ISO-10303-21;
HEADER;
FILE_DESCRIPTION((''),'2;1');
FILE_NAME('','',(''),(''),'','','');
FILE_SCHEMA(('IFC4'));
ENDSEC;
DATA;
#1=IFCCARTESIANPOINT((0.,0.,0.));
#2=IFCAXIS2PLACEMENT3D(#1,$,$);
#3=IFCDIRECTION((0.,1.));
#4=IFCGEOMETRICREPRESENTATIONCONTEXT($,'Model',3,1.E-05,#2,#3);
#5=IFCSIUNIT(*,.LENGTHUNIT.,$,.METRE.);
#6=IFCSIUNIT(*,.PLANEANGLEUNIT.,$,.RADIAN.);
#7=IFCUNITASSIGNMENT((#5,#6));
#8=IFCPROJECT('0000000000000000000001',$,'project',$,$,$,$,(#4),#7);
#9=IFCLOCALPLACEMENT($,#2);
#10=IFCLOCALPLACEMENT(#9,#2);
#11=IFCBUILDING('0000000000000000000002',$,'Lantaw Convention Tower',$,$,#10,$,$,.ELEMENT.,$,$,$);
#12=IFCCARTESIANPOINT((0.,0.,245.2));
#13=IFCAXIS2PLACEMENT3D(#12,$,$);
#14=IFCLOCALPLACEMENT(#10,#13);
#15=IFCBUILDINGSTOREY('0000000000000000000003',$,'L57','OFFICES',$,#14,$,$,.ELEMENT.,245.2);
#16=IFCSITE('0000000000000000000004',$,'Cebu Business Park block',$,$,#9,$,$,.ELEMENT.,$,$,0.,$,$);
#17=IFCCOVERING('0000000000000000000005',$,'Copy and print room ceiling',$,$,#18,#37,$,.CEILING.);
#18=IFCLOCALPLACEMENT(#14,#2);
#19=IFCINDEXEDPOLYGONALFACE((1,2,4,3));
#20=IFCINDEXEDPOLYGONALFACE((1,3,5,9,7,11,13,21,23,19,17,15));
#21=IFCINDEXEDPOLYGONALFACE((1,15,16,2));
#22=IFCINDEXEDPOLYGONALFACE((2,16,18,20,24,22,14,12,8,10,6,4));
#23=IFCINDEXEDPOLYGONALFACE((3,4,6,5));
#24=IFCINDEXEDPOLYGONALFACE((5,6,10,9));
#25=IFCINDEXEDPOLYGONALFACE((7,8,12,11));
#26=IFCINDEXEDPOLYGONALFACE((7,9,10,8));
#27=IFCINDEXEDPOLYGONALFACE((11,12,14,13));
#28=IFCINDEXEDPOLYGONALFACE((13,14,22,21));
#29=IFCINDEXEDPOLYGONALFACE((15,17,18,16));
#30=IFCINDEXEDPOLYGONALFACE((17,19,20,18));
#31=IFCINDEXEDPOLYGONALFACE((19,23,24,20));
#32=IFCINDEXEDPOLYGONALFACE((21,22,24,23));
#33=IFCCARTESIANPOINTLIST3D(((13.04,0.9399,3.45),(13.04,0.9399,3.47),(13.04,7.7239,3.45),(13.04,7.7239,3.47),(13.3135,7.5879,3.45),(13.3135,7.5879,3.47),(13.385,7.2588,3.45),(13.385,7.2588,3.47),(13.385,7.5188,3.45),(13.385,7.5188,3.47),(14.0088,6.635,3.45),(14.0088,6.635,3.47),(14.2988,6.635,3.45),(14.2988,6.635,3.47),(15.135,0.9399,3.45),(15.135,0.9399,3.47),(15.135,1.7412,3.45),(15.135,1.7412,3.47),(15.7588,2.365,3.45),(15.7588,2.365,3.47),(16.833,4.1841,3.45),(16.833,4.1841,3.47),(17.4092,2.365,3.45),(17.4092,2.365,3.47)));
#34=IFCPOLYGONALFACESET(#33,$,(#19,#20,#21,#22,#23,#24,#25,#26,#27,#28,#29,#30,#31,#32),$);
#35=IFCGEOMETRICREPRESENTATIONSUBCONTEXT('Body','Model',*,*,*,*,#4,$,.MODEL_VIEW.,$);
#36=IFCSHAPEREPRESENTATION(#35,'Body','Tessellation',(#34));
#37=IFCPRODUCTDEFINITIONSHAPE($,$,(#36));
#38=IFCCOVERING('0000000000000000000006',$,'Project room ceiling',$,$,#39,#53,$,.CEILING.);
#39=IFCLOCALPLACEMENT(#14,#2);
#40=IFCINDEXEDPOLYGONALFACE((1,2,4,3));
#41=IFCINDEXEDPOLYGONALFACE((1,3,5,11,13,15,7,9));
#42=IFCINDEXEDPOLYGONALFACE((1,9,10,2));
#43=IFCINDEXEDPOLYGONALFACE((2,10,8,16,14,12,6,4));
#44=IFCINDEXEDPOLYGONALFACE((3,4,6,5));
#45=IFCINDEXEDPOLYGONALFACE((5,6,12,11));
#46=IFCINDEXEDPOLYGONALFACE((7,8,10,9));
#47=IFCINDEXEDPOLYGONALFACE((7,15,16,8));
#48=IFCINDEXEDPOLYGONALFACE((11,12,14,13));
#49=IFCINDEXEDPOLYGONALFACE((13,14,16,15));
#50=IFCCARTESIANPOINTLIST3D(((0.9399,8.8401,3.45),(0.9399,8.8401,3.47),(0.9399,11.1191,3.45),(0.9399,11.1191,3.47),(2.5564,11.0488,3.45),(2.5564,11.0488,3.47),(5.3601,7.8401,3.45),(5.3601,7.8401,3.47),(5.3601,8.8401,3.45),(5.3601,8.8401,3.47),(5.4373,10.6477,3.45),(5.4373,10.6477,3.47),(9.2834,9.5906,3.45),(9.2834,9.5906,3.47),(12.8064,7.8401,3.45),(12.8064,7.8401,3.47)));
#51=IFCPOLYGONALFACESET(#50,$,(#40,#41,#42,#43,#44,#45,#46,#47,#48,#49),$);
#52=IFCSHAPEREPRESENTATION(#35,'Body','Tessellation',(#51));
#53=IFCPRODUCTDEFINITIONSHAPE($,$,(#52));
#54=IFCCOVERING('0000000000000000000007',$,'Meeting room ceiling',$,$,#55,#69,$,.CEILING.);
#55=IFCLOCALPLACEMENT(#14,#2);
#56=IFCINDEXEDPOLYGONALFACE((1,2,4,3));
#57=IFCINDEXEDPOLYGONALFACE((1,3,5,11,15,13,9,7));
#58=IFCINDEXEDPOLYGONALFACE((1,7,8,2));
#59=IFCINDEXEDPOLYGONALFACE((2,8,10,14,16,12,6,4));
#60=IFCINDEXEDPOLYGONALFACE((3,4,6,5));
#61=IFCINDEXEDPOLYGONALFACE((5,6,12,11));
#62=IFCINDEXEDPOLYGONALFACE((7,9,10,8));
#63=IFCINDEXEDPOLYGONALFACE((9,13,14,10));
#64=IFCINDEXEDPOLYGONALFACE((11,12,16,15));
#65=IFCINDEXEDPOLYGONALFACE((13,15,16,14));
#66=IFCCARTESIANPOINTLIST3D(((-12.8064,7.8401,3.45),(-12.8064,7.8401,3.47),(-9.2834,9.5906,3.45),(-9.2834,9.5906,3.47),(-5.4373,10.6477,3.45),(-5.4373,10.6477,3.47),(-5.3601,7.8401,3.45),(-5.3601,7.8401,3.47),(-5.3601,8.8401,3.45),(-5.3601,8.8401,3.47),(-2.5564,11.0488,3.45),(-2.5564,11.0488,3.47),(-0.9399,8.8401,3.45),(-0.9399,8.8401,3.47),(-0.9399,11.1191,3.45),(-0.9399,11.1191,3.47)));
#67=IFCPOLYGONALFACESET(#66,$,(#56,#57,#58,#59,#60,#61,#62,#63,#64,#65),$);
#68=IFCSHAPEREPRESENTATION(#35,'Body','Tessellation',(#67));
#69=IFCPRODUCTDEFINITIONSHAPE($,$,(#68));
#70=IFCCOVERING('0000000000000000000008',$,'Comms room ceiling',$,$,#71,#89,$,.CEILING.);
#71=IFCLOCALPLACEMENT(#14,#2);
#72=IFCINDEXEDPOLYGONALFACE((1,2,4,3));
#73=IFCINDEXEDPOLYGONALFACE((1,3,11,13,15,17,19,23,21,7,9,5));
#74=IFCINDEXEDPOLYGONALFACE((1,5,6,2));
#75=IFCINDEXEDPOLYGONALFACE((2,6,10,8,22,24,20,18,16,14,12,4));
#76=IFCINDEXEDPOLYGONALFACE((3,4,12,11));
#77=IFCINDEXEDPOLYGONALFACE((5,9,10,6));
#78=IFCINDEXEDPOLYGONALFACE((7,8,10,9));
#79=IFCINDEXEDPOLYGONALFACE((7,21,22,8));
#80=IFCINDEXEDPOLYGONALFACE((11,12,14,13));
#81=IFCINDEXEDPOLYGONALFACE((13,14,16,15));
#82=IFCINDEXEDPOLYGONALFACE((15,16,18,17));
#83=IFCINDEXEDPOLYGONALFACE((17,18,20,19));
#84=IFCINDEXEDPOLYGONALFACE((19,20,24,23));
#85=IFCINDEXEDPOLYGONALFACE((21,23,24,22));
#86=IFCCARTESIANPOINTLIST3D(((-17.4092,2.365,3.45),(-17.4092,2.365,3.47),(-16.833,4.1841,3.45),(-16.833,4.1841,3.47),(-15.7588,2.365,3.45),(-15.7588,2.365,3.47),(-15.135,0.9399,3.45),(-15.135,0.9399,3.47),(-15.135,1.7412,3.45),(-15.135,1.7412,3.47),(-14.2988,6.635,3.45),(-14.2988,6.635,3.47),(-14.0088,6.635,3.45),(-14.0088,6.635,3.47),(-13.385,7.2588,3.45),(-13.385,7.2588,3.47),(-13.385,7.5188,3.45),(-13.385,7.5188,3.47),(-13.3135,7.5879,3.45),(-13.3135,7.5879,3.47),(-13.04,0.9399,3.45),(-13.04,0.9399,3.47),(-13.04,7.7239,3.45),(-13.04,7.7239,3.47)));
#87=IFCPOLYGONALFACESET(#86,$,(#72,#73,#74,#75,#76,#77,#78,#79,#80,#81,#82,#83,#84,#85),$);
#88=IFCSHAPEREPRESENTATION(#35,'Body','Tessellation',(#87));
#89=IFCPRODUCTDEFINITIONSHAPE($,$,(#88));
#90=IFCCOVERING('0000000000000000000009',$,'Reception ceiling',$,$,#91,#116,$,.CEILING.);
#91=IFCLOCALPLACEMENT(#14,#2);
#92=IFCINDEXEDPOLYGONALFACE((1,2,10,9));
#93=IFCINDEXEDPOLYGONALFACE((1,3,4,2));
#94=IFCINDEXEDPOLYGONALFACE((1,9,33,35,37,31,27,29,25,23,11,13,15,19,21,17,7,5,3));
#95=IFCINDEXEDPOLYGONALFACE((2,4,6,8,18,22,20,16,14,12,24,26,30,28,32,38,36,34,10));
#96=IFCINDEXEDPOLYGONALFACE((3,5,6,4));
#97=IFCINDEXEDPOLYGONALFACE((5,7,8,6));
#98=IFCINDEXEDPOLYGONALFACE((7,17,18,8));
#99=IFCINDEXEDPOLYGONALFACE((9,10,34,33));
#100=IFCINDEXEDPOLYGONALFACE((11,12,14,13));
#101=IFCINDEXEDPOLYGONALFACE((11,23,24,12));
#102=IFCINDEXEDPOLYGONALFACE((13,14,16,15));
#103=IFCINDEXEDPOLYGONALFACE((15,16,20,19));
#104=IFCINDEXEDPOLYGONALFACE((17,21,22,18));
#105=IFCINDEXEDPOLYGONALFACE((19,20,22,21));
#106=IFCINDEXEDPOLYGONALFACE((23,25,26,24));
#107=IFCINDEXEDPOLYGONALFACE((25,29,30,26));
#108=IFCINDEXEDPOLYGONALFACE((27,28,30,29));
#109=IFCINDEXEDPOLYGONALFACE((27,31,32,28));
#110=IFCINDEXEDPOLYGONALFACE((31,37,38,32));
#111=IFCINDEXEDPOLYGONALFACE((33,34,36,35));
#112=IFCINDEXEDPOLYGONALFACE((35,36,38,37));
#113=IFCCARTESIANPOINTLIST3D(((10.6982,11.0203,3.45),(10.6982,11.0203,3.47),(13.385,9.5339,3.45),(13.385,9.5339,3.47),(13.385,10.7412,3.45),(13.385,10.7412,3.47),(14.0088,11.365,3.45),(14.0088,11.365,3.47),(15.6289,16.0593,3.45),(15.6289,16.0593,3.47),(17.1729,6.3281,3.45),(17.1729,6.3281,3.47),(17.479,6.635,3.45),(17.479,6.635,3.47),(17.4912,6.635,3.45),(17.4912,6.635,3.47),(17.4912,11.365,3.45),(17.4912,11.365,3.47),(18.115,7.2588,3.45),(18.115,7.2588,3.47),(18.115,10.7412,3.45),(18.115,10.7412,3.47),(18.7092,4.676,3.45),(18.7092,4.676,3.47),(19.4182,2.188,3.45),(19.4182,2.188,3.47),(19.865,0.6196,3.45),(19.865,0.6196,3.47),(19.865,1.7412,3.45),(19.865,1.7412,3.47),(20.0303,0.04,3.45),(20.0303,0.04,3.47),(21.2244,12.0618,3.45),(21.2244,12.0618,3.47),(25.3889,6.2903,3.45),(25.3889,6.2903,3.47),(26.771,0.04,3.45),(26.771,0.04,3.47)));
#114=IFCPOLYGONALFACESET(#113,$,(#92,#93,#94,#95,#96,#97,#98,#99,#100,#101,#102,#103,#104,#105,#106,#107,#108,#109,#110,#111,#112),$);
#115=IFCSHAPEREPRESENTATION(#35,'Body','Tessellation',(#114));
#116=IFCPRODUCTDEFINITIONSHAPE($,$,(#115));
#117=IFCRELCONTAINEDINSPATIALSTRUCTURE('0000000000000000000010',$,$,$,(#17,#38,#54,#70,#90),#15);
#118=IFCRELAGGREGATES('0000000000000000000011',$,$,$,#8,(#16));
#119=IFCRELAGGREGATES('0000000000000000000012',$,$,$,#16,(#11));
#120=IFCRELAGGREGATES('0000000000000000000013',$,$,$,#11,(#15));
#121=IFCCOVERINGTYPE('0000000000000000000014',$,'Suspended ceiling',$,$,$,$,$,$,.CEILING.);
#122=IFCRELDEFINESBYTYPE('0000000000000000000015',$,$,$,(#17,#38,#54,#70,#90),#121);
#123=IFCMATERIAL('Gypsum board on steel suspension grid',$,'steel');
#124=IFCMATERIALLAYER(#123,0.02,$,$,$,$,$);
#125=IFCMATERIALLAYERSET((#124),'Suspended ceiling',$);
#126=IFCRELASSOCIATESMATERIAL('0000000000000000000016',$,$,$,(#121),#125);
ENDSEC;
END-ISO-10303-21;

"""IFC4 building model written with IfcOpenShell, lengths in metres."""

from ifc_helpers import new_model, si_unit, direction, frame, origin, place, context, subcontext, project, spatial, polyline, outline, extrude, material, layer, layer_set, type_object, element, save


model = new_model("IFC4")

# Units and contexts
model_context = context("Model", 3, precision=1e-05, world=origin(), true_north=direction((0.0, 1.0)))
body_context = subcontext(model_context, "Body", "Model", "MODEL_VIEW")
ifc_project = project(units=[si_unit("LENGTHUNIT", "METRE"), si_unit("PLANEANGLEUNIT", "RADIAN")], contexts=[model_context])

# Site, building, storey
site_placement = place(None, origin())
site = spatial("IfcSite", under=ifc_project, at=site_placement, Name="Cebu Business Park block", CompositionType="ELEMENT", RefElevation=0.0)
building_placement = place(site_placement, origin())
building = spatial("IfcBuilding", under=site, at=building_placement, Name="Lantaw Convention Tower", CompositionType="ELEMENT")
storey_placement = place(building_placement, frame((0.0, 0.0, 245.2)))
storey = spatial("IfcBuildingStorey", under=building, at=storey_placement, Name="L57", Description="OFFICES", CompositionType="ELEMENT", Elevation=245.2)

# Coverings
ifc_material_1 = material(Name="Gypsum board on steel suspension grid", Category="steel")
ifc_layer_1 = layer(ifc_material_1, 0.02)
ifc_layer_set_1 = layer_set([ifc_layer_1], Name="Suspended ceiling")
covering_type = type_object("IfcCoveringType", Name="Suspended ceiling", PredefinedType="CEILING", material=ifc_layer_set_1)
covering_1_placement = place(storey_placement, frame((0.0, 0.0, 3.45)))
element("IfcCovering", 1, at=covering_1_placement, inside=storey, type_object=covering_type, Name="Copy and print room ceiling", PredefinedType="CEILING", context=body_context, shape_type="SweptSolid", body=[
    extrude(outline(polyline([(13.385, 7.5188), (13.3135, 7.5879), (13.04, 7.7239), (13.04, 0.9399), (15.135, 0.9399), (15.135, 1.7412), (15.7588, 2.365), (17.4092, 2.365), (16.833, 4.1841), (14.2988, 6.635), (14.0088, 6.635), (13.385, 7.2588), (13.385, 7.5188)])), origin(), (0.0, 0.0, 1.0), 0.02),
])
covering_2_placement = place(storey_placement, frame((0.0, 0.0, 3.45)))
element("IfcCovering", 2, at=covering_2_placement, inside=storey, type_object=covering_type, Name="Project room ceiling", PredefinedType="CEILING", context=body_context, shape_type="SweptSolid", body=[
    extrude(outline(polyline([(5.3601, 7.8401), (12.8064, 7.8401), (9.2834, 9.5906), (5.4373, 10.6477), (2.5564, 11.0488), (0.9399, 11.1191), (0.9399, 8.8401), (5.3601, 8.8401), (5.3601, 7.8401)])), origin(), (0.0, 0.0, 1.0), 0.02),
])
covering_3_placement = place(storey_placement, frame((0.0, 0.0, 3.45)))
element("IfcCovering", 3, at=covering_3_placement, inside=storey, type_object=covering_type, Name="Meeting room ceiling", PredefinedType="CEILING", context=body_context, shape_type="SweptSolid", body=[
    extrude(outline(polyline([(-12.8064, 7.8401), (-5.3601, 7.8401), (-5.3601, 8.8401), (-0.9399, 8.8401), (-0.9399, 11.1191), (-2.5564, 11.0488), (-5.4373, 10.6477), (-9.2834, 9.5906), (-12.8064, 7.8401)])), origin(), (0.0, 0.0, 1.0), 0.02),
])
covering_4_placement = place(storey_placement, frame((0.0, 0.0, 3.45)))
element("IfcCovering", 4, at=covering_4_placement, inside=storey, type_object=covering_type, Name="Comms room ceiling", PredefinedType="CEILING", context=body_context, shape_type="SweptSolid", body=[
    extrude(outline(polyline([(-15.135, 1.7412), (-15.135, 0.9399), (-13.04, 0.9399), (-13.04, 7.7239), (-13.3135, 7.5879), (-13.385, 7.5188), (-13.385, 7.2588), (-14.0088, 6.635), (-14.2988, 6.635), (-16.833, 4.1841), (-17.4092, 2.365), (-15.7588, 2.365), (-15.135, 1.7412)])), origin(), (0.0, 0.0, 1.0), 0.02),
])
covering_5_placement = place(storey_placement, frame((0.0, 0.0, 3.45)))
element("IfcCovering", 5, at=covering_5_placement, inside=storey, type_object=covering_type, Name="Reception ceiling", PredefinedType="CEILING", context=body_context, shape_type="SweptSolid", body=[
    extrude(outline(polyline([(17.1729, 6.3281), (18.7092, 4.676), (19.4182, 2.188), (19.865, 1.7412), (19.865, 0.6196), (20.0303, 0.04), (26.771, 0.04), (25.3889, 6.2903), (21.2244, 12.0618), (15.6289, 16.0593), (10.6982, 11.0203), (13.385, 9.5339), (13.385, 10.7412), (14.0088, 11.365), (17.4912, 11.365), (18.115, 10.7412), (18.115, 7.2588), (17.4912, 6.635), (17.479, 6.635), (17.1729, 6.3281)])), origin(), (0.0, 0.0, 1.0), 0.02),
])

save(model, "model.ifc")
